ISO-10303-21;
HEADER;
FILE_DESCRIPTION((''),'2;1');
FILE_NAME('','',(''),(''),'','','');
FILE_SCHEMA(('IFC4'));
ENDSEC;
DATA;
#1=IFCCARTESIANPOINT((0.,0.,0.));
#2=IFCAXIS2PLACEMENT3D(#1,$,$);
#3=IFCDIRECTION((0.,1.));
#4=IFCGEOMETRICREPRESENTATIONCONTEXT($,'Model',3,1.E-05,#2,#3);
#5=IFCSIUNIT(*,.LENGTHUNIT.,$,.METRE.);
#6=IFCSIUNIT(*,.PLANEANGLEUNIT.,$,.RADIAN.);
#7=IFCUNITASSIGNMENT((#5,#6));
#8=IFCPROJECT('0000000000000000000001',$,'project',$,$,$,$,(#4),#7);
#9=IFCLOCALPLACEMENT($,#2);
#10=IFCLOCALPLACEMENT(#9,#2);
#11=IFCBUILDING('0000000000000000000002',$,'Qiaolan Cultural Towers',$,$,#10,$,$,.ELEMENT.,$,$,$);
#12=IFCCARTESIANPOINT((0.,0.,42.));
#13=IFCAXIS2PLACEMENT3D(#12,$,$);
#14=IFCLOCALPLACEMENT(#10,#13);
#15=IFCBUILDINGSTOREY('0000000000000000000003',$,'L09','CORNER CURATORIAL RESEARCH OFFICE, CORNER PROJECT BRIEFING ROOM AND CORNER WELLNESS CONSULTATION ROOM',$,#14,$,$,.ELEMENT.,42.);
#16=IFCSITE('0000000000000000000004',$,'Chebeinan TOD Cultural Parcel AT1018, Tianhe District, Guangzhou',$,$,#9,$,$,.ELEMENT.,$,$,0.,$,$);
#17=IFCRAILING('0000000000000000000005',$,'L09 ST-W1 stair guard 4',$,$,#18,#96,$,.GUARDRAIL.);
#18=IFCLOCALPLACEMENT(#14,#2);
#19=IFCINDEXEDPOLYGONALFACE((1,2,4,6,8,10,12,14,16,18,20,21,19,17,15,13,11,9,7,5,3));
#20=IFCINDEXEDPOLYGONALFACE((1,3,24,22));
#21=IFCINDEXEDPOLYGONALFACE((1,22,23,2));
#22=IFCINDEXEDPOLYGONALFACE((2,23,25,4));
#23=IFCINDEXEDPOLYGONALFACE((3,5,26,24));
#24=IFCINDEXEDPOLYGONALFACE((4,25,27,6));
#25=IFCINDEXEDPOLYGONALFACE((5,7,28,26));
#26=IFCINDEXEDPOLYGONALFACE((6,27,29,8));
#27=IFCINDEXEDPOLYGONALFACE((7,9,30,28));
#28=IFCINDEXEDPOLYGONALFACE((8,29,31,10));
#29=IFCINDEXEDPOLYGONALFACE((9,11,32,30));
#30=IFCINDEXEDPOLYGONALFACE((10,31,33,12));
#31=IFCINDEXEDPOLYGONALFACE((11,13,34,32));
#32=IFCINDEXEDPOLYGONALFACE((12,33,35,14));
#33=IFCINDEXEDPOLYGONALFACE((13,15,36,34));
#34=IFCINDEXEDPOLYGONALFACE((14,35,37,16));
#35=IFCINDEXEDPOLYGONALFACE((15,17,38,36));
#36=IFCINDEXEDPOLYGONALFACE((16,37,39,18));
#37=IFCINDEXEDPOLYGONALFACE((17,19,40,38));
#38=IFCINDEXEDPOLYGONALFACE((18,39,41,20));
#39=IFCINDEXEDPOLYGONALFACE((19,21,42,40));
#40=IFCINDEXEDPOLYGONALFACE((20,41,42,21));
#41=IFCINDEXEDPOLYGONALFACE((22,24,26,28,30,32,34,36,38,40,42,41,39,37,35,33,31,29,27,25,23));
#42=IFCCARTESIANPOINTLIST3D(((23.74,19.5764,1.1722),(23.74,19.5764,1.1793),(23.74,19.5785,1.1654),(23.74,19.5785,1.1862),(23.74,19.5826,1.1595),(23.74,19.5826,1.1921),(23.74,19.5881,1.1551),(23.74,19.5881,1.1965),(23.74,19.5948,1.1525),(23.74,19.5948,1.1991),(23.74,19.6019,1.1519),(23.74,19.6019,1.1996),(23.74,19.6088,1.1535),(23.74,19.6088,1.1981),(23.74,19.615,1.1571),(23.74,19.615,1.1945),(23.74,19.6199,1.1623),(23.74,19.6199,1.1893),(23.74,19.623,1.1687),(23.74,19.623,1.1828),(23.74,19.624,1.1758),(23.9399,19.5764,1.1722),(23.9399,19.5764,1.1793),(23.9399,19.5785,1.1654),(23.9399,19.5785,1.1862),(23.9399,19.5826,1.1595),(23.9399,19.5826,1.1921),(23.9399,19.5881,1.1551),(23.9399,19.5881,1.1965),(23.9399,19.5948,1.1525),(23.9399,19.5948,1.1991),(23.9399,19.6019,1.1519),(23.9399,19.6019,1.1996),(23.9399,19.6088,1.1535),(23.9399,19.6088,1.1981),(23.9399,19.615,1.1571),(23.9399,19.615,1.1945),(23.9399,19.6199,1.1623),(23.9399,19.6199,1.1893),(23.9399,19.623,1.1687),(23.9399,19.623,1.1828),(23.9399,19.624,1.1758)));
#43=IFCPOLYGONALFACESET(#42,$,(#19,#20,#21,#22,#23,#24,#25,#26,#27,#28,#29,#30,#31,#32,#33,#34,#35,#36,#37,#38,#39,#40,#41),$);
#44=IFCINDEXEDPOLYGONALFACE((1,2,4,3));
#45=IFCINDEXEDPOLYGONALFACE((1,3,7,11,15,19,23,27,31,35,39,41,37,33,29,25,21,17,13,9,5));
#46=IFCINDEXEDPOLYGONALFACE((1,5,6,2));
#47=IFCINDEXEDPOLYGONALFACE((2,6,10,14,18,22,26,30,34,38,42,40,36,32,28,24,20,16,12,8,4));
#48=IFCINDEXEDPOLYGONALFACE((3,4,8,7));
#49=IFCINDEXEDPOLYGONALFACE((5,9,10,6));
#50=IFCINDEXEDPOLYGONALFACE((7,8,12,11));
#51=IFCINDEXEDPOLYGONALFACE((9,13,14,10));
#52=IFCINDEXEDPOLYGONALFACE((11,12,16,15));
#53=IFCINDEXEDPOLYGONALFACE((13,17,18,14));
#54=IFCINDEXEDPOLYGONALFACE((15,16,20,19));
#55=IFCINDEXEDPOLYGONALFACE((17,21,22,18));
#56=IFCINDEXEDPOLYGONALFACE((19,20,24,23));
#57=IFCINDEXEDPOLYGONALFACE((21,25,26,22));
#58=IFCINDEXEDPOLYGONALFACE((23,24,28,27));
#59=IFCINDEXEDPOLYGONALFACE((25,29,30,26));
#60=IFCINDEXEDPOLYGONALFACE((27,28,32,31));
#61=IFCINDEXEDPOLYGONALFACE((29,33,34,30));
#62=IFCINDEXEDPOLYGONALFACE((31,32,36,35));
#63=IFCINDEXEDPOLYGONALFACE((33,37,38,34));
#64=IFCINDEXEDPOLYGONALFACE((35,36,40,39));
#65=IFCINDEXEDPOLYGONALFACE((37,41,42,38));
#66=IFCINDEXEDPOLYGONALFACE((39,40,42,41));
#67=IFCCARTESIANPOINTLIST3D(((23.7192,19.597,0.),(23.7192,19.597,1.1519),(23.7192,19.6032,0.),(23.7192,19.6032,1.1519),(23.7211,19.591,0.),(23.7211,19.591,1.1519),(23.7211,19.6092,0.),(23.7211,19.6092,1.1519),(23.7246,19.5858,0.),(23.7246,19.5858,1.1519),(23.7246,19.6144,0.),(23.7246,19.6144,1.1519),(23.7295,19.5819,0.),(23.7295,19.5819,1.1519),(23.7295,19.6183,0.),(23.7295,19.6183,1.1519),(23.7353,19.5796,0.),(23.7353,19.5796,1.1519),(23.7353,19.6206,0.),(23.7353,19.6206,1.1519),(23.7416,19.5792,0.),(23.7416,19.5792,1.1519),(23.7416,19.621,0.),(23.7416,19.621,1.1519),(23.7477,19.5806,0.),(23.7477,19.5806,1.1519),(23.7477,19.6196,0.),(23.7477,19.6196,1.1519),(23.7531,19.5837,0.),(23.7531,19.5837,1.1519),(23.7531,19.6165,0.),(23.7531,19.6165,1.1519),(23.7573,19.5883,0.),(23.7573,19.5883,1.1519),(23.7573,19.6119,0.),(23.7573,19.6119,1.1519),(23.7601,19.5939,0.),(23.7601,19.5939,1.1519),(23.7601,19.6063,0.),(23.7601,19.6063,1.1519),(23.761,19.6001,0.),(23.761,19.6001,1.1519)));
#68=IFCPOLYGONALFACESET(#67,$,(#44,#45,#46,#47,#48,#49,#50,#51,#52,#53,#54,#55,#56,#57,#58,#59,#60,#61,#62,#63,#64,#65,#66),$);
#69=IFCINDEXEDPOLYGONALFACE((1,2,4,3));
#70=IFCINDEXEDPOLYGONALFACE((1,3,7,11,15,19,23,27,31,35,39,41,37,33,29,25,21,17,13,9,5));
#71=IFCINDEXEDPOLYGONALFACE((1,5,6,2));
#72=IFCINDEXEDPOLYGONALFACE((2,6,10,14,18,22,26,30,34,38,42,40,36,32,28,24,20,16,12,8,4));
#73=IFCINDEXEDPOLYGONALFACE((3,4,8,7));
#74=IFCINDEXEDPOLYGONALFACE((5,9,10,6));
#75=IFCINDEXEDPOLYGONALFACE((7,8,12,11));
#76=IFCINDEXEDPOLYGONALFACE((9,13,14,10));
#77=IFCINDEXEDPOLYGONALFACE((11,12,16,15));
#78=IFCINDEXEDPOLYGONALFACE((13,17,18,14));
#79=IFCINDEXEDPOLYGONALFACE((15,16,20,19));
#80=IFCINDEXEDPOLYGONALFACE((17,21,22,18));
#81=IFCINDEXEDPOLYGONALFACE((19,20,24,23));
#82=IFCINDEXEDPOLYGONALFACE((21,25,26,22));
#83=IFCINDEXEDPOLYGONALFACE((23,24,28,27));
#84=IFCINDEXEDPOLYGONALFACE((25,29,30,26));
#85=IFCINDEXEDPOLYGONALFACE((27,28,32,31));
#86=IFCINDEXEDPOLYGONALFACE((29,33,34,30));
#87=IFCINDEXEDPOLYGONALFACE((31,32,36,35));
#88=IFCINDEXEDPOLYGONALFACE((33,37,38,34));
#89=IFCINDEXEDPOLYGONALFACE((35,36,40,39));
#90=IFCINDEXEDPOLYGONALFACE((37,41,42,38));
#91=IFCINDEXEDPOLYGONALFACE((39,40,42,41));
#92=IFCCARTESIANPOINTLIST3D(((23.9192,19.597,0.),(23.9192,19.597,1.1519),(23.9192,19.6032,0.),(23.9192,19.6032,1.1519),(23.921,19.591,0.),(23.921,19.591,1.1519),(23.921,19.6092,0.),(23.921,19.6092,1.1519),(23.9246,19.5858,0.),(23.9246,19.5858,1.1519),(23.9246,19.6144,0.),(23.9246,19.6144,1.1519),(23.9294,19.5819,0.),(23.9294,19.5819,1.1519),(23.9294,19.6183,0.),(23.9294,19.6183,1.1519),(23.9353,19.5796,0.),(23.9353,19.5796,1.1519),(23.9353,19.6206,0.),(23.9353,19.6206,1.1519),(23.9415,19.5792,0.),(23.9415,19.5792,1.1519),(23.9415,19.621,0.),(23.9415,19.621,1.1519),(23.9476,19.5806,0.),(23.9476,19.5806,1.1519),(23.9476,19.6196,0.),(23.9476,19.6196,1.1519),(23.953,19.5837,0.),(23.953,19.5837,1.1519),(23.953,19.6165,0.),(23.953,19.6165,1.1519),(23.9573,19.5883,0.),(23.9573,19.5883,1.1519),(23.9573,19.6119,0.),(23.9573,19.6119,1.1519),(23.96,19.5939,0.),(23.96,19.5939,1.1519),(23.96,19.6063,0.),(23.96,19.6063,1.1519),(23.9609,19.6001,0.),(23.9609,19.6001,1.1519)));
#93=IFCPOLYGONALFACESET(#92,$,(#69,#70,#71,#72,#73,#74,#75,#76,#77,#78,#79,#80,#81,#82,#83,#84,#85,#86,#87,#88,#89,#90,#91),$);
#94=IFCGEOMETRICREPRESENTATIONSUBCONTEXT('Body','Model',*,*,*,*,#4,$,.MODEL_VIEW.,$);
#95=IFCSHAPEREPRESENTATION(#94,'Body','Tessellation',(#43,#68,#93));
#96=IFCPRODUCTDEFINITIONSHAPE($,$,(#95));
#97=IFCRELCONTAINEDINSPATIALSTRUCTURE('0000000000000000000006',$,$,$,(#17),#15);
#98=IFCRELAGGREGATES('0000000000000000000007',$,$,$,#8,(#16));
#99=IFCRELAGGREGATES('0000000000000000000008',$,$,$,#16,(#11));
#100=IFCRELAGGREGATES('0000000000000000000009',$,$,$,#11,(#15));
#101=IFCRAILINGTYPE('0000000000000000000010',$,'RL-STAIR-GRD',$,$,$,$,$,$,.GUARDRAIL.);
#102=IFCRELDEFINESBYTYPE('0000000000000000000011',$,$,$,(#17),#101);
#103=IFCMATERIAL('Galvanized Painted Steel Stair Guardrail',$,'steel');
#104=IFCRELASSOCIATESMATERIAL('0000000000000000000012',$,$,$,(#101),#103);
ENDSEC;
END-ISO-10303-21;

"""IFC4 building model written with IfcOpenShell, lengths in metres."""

from ifc_helpers import new_model, si_unit, direction, frame, origin, origin_2d, place, context, subcontext, project, spatial, circle, extrude, material, type_object, element, save


model = new_model("IFC4")

# Units and contexts
model_context = context("Model", 3, precision=1e-05, world=origin(), true_north=direction((0.0, 1.0)))
body_context = subcontext(model_context, "Body", "Model", "MODEL_VIEW")
ifc_project = project(units=[si_unit("LENGTHUNIT", "METRE"), si_unit("PLANEANGLEUNIT", "RADIAN")], contexts=[model_context])

# Site, building, storey
site_placement = place(None, origin())
site = spatial("IfcSite", under=ifc_project, at=site_placement, Name="Chebeinan TOD Cultural Parcel AT1018, Tianhe District, Guangzhou", CompositionType="ELEMENT", RefElevation=0.0)
building_placement = place(site_placement, origin())
building = spatial("IfcBuilding", under=site, at=building_placement, Name="Qiaolan Cultural Towers", CompositionType="ELEMENT")
storey_placement = place(building_placement, frame((0.0, 0.0, 42.0)))
storey = spatial("IfcBuildingStorey", under=building, at=storey_placement, Name="L09", Description="CORNER CURATORIAL RESEARCH OFFICE, CORNER PROJECT BRIEFING ROOM AND CORNER WELLNESS CONSULTATION ROOM", CompositionType="ELEMENT", Elevation=42.0)

# Railing
ifc_material_1 = material(Name="Galvanized Painted Steel Stair Guardrail", Category="steel")
railing_type_1 = type_object("IfcRailingType", Name="RL-STAIR-GRD", PredefinedType="GUARDRAIL", material=ifc_material_1)
railing_1_placement = place(storey_placement, frame((23.74, 19.6001, 0.0)))
element("IfcRailing", 1, at=railing_1_placement, inside=storey, type_object=railing_type_1, Name="L09 ST-W1 stair guard 4", PredefinedType="GUARDRAIL", context=body_context, shape_type="SweptSolid", body=[
    extrude(circle(Radius=0.0239, at=origin_2d()), frame((0.0, 0.0, 1.1758), z_axis=(1.0, 0.0, 0.0), x_axis=(0.0, 1.0, 0.0)), (0.0, 0.0, 1.0), 0.2),
    extrude(circle(Radius=0.021, at=origin_2d()), origin(), (0.0, 0.0, 1.0), 1.1519),
    extrude(circle(Radius=0.021, at=origin_2d()), frame((0.2, 0.0, 0.0)), (0.0, 0.0, 1.0), 1.1519),
])

save(model, "model.ifc")
